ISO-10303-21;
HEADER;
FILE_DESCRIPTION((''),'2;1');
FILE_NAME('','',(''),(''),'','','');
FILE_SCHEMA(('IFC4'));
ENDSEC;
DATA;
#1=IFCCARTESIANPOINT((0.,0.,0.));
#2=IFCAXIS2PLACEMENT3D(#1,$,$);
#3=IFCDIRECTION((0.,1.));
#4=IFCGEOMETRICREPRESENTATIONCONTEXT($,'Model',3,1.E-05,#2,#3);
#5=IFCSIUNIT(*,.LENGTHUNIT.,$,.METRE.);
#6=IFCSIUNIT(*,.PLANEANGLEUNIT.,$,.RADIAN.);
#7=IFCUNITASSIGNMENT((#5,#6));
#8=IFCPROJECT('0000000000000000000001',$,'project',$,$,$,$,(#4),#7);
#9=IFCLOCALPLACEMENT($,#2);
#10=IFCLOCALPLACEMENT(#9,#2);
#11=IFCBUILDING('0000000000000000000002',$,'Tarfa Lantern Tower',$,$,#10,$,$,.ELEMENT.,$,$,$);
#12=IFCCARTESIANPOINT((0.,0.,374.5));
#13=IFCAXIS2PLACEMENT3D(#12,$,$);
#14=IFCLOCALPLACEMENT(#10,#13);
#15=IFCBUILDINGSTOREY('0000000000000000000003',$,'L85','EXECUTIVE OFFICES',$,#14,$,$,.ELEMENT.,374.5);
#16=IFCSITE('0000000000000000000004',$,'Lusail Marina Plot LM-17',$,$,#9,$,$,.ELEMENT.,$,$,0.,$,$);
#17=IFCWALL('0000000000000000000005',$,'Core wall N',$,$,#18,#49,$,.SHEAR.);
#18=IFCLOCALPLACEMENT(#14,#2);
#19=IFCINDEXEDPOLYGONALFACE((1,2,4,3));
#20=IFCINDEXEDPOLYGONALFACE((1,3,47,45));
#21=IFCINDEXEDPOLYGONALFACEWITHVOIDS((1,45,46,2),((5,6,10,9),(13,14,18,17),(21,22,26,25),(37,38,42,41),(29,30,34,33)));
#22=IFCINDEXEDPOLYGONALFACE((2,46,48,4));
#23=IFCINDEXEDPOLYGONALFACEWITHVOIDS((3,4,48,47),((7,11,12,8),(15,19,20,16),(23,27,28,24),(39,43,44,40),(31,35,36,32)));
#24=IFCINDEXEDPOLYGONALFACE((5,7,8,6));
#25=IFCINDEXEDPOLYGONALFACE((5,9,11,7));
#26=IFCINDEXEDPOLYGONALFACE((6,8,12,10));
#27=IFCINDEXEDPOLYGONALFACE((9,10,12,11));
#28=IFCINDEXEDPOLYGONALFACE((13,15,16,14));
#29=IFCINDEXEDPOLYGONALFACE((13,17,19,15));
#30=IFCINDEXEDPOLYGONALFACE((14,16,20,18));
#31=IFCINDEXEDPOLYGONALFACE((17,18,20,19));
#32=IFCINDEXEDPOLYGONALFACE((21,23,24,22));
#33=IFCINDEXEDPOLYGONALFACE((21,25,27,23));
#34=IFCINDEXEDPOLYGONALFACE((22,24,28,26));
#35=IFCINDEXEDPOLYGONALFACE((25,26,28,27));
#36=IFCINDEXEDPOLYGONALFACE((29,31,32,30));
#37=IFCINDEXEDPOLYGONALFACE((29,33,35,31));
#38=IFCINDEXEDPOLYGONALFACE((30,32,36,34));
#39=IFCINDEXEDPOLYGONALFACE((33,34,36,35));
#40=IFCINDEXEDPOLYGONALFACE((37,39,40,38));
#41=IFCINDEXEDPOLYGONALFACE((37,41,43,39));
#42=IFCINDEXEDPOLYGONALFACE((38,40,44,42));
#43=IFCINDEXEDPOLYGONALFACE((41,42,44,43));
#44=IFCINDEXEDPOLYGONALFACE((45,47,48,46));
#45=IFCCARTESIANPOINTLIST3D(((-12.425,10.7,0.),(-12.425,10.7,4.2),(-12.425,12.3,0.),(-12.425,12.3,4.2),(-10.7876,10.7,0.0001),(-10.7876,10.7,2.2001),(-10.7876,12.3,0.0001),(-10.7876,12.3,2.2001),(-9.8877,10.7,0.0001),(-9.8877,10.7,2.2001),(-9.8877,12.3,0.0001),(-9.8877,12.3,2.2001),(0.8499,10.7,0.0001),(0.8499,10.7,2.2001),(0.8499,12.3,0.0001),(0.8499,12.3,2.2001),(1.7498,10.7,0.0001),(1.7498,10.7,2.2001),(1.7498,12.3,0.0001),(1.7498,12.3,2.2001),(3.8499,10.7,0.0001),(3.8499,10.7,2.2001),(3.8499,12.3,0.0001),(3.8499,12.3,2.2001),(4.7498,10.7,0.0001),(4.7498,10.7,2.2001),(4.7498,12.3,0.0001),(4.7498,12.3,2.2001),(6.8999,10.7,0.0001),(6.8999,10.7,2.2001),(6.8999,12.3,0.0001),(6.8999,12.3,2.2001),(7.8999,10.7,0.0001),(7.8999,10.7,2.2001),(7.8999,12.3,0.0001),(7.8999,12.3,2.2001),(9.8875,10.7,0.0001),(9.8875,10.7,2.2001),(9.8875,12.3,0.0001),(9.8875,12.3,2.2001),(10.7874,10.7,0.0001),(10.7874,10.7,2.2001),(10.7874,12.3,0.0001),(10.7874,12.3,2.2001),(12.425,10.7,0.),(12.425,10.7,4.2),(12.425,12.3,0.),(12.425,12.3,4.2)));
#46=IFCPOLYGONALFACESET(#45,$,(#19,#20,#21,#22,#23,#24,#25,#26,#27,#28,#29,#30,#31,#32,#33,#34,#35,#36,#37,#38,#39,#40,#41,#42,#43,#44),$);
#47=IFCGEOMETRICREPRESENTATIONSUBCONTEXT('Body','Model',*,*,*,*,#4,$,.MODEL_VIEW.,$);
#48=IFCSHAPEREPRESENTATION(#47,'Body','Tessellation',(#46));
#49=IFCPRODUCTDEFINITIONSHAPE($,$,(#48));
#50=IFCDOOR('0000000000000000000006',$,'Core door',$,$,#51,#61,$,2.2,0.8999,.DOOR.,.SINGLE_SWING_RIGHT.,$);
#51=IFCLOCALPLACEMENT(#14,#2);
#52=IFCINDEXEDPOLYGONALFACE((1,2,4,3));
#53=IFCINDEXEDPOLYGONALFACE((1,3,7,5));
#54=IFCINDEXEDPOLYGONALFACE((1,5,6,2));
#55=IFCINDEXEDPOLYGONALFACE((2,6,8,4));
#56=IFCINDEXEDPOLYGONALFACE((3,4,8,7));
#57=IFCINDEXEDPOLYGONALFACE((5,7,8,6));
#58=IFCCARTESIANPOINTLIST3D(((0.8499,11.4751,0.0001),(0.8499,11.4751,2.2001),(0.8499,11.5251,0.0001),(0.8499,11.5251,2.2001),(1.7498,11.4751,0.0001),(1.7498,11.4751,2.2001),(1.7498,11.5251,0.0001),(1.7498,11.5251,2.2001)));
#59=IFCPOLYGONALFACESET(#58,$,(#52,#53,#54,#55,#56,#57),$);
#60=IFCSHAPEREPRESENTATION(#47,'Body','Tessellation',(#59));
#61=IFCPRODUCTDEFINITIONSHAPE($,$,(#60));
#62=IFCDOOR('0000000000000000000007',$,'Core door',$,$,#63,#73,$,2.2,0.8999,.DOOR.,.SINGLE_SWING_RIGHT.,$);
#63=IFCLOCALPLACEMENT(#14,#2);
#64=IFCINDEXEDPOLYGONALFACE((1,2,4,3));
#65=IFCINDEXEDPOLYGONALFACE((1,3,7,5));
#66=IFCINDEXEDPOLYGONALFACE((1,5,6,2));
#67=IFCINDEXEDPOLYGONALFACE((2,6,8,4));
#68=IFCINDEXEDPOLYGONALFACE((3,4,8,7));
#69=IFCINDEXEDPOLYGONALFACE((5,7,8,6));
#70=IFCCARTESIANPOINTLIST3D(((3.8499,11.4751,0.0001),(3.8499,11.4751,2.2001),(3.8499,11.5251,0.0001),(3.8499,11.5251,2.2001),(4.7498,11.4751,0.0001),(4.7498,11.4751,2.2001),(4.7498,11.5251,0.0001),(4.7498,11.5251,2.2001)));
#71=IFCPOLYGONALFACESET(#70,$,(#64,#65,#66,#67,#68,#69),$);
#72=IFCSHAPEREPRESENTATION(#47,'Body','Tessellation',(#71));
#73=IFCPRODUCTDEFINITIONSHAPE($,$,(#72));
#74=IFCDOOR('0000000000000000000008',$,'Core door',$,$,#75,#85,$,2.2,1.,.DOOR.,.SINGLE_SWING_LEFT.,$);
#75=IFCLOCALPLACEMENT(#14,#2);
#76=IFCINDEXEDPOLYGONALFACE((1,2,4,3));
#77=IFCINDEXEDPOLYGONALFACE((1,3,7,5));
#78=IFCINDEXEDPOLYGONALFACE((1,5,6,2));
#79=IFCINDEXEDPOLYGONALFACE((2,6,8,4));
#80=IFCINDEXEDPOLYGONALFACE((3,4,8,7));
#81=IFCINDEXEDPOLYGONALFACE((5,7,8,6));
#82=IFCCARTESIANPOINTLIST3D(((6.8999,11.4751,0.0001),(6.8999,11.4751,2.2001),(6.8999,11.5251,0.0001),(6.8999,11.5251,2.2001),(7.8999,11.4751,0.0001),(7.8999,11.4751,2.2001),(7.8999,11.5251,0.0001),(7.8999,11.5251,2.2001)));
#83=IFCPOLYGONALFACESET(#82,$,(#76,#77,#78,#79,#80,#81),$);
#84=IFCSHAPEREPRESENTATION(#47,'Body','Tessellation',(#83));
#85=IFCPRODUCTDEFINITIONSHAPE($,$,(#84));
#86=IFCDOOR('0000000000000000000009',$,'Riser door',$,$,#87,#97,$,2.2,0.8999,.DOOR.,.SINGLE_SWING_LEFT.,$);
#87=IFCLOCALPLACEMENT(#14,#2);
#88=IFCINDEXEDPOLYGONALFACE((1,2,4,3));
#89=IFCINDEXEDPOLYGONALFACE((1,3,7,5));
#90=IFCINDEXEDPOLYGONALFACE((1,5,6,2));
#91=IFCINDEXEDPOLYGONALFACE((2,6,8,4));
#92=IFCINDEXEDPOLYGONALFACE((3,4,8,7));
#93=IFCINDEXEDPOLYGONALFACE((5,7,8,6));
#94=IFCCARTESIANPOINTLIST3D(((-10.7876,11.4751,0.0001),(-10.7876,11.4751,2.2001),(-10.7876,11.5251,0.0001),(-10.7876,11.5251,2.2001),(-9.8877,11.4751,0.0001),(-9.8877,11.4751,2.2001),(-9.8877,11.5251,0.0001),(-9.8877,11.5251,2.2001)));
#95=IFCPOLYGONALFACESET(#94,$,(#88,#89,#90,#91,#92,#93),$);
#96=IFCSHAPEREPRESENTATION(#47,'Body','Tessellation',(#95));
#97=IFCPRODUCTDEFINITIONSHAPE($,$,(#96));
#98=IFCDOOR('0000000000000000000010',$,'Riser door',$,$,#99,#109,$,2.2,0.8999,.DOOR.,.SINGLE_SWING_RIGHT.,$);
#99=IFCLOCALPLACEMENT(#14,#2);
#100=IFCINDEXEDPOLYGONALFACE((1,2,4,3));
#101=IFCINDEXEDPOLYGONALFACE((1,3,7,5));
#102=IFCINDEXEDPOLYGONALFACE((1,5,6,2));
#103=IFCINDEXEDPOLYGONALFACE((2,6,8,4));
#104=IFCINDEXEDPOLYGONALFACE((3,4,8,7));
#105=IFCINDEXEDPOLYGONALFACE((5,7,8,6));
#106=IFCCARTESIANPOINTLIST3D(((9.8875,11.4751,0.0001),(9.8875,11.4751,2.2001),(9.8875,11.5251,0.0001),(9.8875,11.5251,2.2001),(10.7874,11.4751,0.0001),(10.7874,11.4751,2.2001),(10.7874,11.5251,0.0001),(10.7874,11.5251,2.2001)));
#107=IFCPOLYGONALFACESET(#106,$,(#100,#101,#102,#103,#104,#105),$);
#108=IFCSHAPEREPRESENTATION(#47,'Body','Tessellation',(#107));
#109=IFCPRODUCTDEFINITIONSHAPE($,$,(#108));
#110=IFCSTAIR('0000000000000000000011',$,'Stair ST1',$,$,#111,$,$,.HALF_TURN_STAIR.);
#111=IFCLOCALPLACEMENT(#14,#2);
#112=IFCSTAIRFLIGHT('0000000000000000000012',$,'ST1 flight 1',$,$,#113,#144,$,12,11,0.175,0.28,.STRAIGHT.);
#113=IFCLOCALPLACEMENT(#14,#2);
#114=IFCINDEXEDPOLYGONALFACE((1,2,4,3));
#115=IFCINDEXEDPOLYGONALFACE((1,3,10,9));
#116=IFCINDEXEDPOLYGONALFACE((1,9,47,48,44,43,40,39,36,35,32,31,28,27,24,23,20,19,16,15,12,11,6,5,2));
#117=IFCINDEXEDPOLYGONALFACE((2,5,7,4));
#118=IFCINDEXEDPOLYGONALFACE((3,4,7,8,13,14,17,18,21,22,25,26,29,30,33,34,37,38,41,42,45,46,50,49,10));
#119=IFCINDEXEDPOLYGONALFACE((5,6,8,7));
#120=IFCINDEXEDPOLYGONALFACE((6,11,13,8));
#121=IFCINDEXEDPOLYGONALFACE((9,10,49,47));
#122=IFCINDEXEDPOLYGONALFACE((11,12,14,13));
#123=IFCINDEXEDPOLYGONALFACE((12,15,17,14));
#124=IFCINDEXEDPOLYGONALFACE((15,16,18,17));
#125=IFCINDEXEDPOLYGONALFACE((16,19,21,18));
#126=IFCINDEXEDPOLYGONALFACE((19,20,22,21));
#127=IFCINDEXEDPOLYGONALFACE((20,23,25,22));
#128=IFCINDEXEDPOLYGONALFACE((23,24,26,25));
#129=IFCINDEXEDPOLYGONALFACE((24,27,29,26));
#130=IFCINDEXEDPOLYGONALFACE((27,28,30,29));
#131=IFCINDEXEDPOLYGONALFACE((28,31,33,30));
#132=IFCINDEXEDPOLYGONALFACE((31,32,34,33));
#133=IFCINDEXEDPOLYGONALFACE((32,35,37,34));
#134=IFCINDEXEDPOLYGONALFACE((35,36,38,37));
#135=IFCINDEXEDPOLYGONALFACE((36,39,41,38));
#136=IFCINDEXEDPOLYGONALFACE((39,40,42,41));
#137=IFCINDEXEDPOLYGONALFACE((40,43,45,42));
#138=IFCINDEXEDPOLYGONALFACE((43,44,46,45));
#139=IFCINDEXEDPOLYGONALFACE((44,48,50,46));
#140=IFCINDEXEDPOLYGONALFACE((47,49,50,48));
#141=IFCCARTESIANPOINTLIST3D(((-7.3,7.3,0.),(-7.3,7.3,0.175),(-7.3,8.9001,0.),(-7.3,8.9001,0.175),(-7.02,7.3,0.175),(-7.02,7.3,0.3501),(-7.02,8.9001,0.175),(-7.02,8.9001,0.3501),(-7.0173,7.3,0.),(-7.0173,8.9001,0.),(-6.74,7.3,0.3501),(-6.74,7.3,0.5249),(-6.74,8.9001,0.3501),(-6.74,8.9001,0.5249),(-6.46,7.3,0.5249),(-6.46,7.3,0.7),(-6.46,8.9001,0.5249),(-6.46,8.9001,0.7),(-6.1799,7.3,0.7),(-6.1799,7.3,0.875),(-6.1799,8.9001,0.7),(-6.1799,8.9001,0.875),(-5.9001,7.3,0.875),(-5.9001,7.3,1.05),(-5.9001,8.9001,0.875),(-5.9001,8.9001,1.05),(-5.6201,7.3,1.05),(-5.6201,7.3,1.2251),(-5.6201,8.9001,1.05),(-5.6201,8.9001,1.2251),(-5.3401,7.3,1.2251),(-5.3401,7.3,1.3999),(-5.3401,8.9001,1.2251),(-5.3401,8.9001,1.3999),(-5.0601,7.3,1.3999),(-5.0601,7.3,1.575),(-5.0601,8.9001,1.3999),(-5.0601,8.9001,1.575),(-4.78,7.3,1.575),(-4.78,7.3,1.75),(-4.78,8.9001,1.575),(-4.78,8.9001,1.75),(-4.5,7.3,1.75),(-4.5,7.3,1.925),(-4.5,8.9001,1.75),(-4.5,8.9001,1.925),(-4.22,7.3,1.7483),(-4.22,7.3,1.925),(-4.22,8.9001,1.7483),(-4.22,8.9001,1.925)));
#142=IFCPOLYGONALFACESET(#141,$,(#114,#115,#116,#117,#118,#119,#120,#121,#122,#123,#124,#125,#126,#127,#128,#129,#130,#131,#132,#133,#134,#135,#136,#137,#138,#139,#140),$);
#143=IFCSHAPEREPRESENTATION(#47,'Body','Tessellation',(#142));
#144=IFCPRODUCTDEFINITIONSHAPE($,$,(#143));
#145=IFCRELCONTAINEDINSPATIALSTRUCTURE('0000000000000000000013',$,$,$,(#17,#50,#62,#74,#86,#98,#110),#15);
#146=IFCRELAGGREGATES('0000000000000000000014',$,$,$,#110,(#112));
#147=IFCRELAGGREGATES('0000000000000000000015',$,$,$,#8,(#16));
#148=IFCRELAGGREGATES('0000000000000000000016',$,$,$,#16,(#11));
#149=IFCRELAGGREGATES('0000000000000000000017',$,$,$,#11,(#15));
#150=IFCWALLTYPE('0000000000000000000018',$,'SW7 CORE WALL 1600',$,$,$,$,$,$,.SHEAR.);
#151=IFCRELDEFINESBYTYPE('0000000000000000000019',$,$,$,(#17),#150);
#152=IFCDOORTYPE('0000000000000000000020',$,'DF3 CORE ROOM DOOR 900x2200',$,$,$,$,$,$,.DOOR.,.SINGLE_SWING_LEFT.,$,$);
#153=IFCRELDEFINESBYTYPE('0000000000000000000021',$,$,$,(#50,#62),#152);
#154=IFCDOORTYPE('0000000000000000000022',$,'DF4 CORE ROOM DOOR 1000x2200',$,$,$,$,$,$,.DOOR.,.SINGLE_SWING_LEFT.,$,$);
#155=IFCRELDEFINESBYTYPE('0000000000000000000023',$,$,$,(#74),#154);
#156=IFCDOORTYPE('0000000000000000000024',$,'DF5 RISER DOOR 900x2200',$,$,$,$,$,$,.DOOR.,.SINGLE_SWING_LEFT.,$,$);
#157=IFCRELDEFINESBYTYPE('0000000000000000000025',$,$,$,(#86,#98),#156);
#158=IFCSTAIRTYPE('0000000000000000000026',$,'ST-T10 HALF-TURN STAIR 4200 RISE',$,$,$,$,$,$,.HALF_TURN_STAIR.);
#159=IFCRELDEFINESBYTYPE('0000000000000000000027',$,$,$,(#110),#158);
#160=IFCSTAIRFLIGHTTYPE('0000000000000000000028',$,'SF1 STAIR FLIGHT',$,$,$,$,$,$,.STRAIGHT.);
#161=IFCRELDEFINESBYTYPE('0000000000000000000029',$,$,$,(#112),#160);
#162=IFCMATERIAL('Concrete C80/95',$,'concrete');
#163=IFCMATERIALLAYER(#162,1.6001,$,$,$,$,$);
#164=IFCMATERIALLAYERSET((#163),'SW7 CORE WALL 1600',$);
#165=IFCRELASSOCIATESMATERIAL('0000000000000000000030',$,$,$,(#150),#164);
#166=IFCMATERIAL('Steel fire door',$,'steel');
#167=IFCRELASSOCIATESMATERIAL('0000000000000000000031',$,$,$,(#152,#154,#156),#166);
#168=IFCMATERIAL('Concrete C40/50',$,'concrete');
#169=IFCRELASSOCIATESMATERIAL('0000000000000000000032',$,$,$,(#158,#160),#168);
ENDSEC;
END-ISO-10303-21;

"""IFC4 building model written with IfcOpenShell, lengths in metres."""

from ifc_helpers import new_model, si_unit, direction, frame, frame_2d, origin, place, context, subcontext, project, spatial, polyline, rectangle, outline, extrude, material, layer, layer_set, type_object, element, fill, aggregate, save


model = new_model("IFC4")

# Units and contexts
model_context = context("Model", 3, precision=1e-05, world=origin(), true_north=direction((0.0, 1.0)))
body_context = subcontext(model_context, "Body", "Model", "MODEL_VIEW")
ifc_project = project(units=[si_unit("LENGTHUNIT", "METRE"), si_unit("PLANEANGLEUNIT", "RADIAN")], contexts=[model_context])

# Site, building, storey
site_placement = place(None, origin())
site = spatial("IfcSite", under=ifc_project, at=site_placement, Name="Lusail Marina Plot LM-17", CompositionType="ELEMENT", RefElevation=0.0)
building_placement = place(site_placement, origin())
building = spatial("IfcBuilding", under=site, at=building_placement, Name="Tarfa Lantern Tower", CompositionType="ELEMENT")
storey_placement = place(building_placement, frame((0.0, 0.0, 374.5)))
storey = spatial("IfcBuildingStorey", under=building, at=storey_placement, Name="L85", Description="EXECUTIVE OFFICES", CompositionType="ELEMENT", Elevation=374.5)

# Shared definitions
ifc_material_1 = material(Name="Concrete C80/95", Category="concrete")
ifc_material_2 = material(Name="Steel fire door", Category="steel")

# Wall, openings, doors
ifc_layer_1 = layer(ifc_material_1, 1.6001)
ifc_layer_set_1 = layer_set([ifc_layer_1], Name="SW7 CORE WALL 1600")
wall_type_1 = type_object("IfcWallType", Name="SW7 CORE WALL 1600", PredefinedType="SHEAR", material=ifc_layer_set_1)
wall_1_placement = place(storey_placement, frame((-12.425, 11.5, 0.0), z_axis=(0.0, 0.0, 1.0), x_axis=(1.0, 0.0, 0.0)))
wall_1 = element("IfcWall", 1, at=wall_1_placement, inside=storey, type_object=wall_type_1, Name="Core wall N", PredefinedType="SHEAR", context=body_context, shape_type="SweptSolid", body=[
    extrude(rectangle(XDim=24.8501, YDim=1.6001, at=frame_2d((12.425, 0.0))), origin(), (0.0, 0.0, 1.0), 4.2),
])
opening_1_placement = place(wall_1_placement, frame((13.2749, 0.0, 0.0)))
opening_1 = element("IfcOpeningElement", 2, at=opening_1_placement, cuts=wall_1, PredefinedType="OPENING", context=body_context, shape_type="SweptSolid", body=[
    extrude(rectangle(XDim=0.8999, YDim=2.2, at=frame_2d((0.45, 1.1001))), frame((0.0, 0.8101, 0.0), z_axis=(0.0, -1.0, 0.0), x_axis=(1.0, 0.0, 0.0)), (0.0, 0.0, 1.0), 1.6201),
])
opening_2_placement = place(wall_1_placement, frame((16.2749, 0.0, 0.0)))
opening_2 = element("IfcOpeningElement", 3, at=opening_2_placement, cuts=wall_1, PredefinedType="OPENING", context=body_context, shape_type="SweptSolid", body=[
    extrude(rectangle(XDim=0.8999, YDim=2.2, at=frame_2d((0.45, 1.1001))), frame((0.0, 0.8101, 0.0), z_axis=(0.0, -1.0, 0.0), x_axis=(1.0, 0.0, 0.0)), (0.0, 0.0, 1.0), 1.6201),
])
opening_3_placement = place(wall_1_placement, frame((19.325, 0.0, 0.0)))
opening_3 = element("IfcOpeningElement", 4, at=opening_3_placement, cuts=wall_1, PredefinedType="OPENING", context=body_context, shape_type="SweptSolid", body=[
    extrude(rectangle(XDim=1.0, YDim=2.2, at=frame_2d((0.5, 1.1001))), frame((0.0, 0.8101, 0.0), z_axis=(0.0, -1.0, 0.0), x_axis=(1.0, 0.0, 0.0)), (0.0, 0.0, 1.0), 1.6201),
])
opening_4_placement = place(wall_1_placement, frame((1.6375, 0.0, 0.0)))
opening_4 = element("IfcOpeningElement", 5, at=opening_4_placement, cuts=wall_1, PredefinedType="OPENING", context=body_context, shape_type="SweptSolid", body=[
    extrude(rectangle(XDim=0.8999, YDim=2.2, at=frame_2d((0.45, 1.1001))), frame((0.0, 0.8101, 0.0), z_axis=(0.0, -1.0, 0.0), x_axis=(1.0, 0.0, 0.0)), (0.0, 0.0, 1.0), 1.6201),
])
opening_5_placement = place(wall_1_placement, frame((22.3125, 0.0, 0.0)))
opening_5 = element("IfcOpeningElement", 6, at=opening_5_placement, cuts=wall_1, PredefinedType="OPENING", context=body_context, shape_type="SweptSolid", body=[
    extrude(rectangle(XDim=0.8999, YDim=2.2, at=frame_2d((0.45, 1.1001))), frame((0.0, 0.8101, 0.0), z_axis=(0.0, -1.0, 0.0), x_axis=(1.0, 0.0, 0.0)), (0.0, 0.0, 1.0), 1.6201),
])
door_type_1 = type_object("IfcDoorType", Name="DF3 CORE ROOM DOOR 900x2200", OperationType="SINGLE_SWING_LEFT", PredefinedType="DOOR", material=ifc_material_2)
door_1_placement = place(opening_1_placement, frame((0.8999, 0.0, 0.0), z_axis=(0.0, 0.0, 1.0), x_axis=(-1.0, 0.0, 0.0)))
door_1 = element("IfcDoor", 7, at=door_1_placement, inside=storey, type_object=door_type_1, Name="Core door", OperationType="SINGLE_SWING_RIGHT", OverallHeight=2.2, OverallWidth=0.8999, PredefinedType="DOOR", context=body_context, shape_type="SweptSolid", body=[
    extrude(rectangle(XDim=0.8999, YDim=2.2, at=frame_2d((0.45, 1.1001))), frame((0.0, 0.0249, 0.0), z_axis=(0.0, -1.0, 0.0), x_axis=(1.0, 0.0, 0.0)), (0.0, 0.0, 1.0), 0.05),
])
fill(opening_1, door_1)
door_2_placement = place(opening_2_placement, frame((0.8999, 0.0, 0.0), z_axis=(0.0, 0.0, 1.0), x_axis=(-1.0, 0.0, 0.0)))
door_2 = element("IfcDoor", 8, at=door_2_placement, inside=storey, type_object=door_type_1, Name="Core door", OperationType="SINGLE_SWING_RIGHT", OverallHeight=2.2, OverallWidth=0.8999, PredefinedType="DOOR", context=body_context, shape_type="SweptSolid", body=[
    extrude(rectangle(XDim=0.8999, YDim=2.2, at=frame_2d((0.45, 1.1001))), frame((0.0, 0.0249, 0.0), z_axis=(0.0, -1.0, 0.0), x_axis=(1.0, 0.0, 0.0)), (0.0, 0.0, 1.0), 0.05),
])
fill(opening_2, door_2)
door_type_2 = type_object("IfcDoorType", Name="DF4 CORE ROOM DOOR 1000x2200", OperationType="SINGLE_SWING_LEFT", PredefinedType="DOOR", material=ifc_material_2)
door_3_placement = place(opening_3_placement, frame((1.0, 0.0, 0.0), z_axis=(0.0, 0.0, 1.0), x_axis=(-1.0, 0.0, 0.0)))
door_3 = element("IfcDoor", 9, at=door_3_placement, inside=storey, type_object=door_type_2, Name="Core door", OperationType="SINGLE_SWING_LEFT", OverallHeight=2.2, OverallWidth=1.0, PredefinedType="DOOR", context=body_context, shape_type="SweptSolid", body=[
    extrude(rectangle(XDim=1.0, YDim=2.2, at=frame_2d((0.5, 1.1001))), frame((0.0, 0.0249, 0.0), z_axis=(0.0, -1.0, 0.0), x_axis=(1.0, 0.0, 0.0)), (0.0, 0.0, 1.0), 0.05),
])
fill(opening_3, door_3)
door_type_3 = type_object("IfcDoorType", Name="DF5 RISER DOOR 900x2200", OperationType="SINGLE_SWING_LEFT", PredefinedType="DOOR", material=ifc_material_2)
door_4_placement = place(opening_4_placement, frame((0.8999, 0.0, 0.0), z_axis=(0.0, 0.0, 1.0), x_axis=(-1.0, 0.0, 0.0)))
door_4 = element("IfcDoor", 10, at=door_4_placement, inside=storey, type_object=door_type_3, Name="Riser door", OperationType="SINGLE_SWING_LEFT", OverallHeight=2.2, OverallWidth=0.8999, PredefinedType="DOOR", context=body_context, shape_type="SweptSolid", body=[
    extrude(rectangle(XDim=0.8999, YDim=2.2, at=frame_2d((0.45, 1.1001))), frame((0.0, 0.0249, 0.0), z_axis=(0.0, -1.0, 0.0), x_axis=(1.0, 0.0, 0.0)), (0.0, 0.0, 1.0), 0.05),
])
fill(opening_4, door_4)
door_5_placement = place(opening_5_placement, frame((0.8999, 0.0, 0.0), z_axis=(0.0, 0.0, 1.0), x_axis=(-1.0, 0.0, 0.0)))
door_5 = element("IfcDoor", 11, at=door_5_placement, inside=storey, type_object=door_type_3, Name="Riser door", OperationType="SINGLE_SWING_RIGHT", OverallHeight=2.2, OverallWidth=0.8999, PredefinedType="DOOR", context=body_context, shape_type="SweptSolid", body=[
    extrude(rectangle(XDim=0.8999, YDim=2.2, at=frame_2d((0.45, 1.1001))), frame((0.0, 0.0249, 0.0), z_axis=(0.0, -1.0, 0.0), x_axis=(1.0, 0.0, 0.0)), (0.0, 0.0, 1.0), 0.05),
])
fill(opening_5, door_5)

# Stair, stair flight
ifc_material_3 = material(Name="Concrete C40/50", Category="concrete")
stair_type = type_object("IfcStairType", Name="ST-T10 HALF-TURN STAIR 4200 RISE", PredefinedType="HALF_TURN_STAIR", material=ifc_material_3)
stair_placement = place(storey_placement, origin())
stair = element("IfcStair", 12, at=stair_placement, inside=storey, type_object=stair_type, Name="Stair ST1", PredefinedType="HALF_TURN_STAIR")
stair_flight_type = type_object("IfcStairFlightType", Name="SF1 STAIR FLIGHT", PredefinedType="STRAIGHT", material=ifc_material_3)
stair_flight_1_placement = place(storey_placement, frame((-7.3, 8.1001, 0.0), z_axis=(0.0, 0.0, 1.0), x_axis=(1.0, 0.0, 0.0)))
stair_flight_1 = element("IfcStairFlight", 13, at=stair_flight_1_placement, type_object=stair_flight_type, Name="ST1 flight 1", NumberOfRisers=12, NumberOfTreads=11, PredefinedType="STRAIGHT", RiserHeight=0.175, TreadLength=0.28, context=body_context, shape_type="SweptSolid", body=[
    extrude(outline(polyline([(0.0, 0.0), (0.0, 0.175), (0.28, 0.175), (0.28, 0.3501), (0.5601, 0.3501), (0.5601, 0.5249), (0.8401, 0.5249), (0.8401, 0.7), (1.1201, 0.7), (1.1201, 0.875), (1.3999, 0.875), (1.3999, 1.05), (1.6799, 1.05), (1.6799, 1.2251), (1.96, 1.2251), (1.96, 1.3999), (2.24, 1.3999), (2.24, 1.575), (2.52, 1.575), (2.52, 1.75), (2.8, 1.75), (2.8, 1.925), (3.0801, 1.925), (3.0801, 2.1001), (3.0801, 1.7483), (0.2827, 0.0), (0.0, 0.0)])), frame((0.0, 0.8, 0.0), z_axis=(0.0, -1.0, 0.0), x_axis=(1.0, 0.0, 0.0)), (0.0, 0.0, 1.0), 1.6001),
])
aggregate(stair, [stair_flight_1])

save(model, "model.ifc")
